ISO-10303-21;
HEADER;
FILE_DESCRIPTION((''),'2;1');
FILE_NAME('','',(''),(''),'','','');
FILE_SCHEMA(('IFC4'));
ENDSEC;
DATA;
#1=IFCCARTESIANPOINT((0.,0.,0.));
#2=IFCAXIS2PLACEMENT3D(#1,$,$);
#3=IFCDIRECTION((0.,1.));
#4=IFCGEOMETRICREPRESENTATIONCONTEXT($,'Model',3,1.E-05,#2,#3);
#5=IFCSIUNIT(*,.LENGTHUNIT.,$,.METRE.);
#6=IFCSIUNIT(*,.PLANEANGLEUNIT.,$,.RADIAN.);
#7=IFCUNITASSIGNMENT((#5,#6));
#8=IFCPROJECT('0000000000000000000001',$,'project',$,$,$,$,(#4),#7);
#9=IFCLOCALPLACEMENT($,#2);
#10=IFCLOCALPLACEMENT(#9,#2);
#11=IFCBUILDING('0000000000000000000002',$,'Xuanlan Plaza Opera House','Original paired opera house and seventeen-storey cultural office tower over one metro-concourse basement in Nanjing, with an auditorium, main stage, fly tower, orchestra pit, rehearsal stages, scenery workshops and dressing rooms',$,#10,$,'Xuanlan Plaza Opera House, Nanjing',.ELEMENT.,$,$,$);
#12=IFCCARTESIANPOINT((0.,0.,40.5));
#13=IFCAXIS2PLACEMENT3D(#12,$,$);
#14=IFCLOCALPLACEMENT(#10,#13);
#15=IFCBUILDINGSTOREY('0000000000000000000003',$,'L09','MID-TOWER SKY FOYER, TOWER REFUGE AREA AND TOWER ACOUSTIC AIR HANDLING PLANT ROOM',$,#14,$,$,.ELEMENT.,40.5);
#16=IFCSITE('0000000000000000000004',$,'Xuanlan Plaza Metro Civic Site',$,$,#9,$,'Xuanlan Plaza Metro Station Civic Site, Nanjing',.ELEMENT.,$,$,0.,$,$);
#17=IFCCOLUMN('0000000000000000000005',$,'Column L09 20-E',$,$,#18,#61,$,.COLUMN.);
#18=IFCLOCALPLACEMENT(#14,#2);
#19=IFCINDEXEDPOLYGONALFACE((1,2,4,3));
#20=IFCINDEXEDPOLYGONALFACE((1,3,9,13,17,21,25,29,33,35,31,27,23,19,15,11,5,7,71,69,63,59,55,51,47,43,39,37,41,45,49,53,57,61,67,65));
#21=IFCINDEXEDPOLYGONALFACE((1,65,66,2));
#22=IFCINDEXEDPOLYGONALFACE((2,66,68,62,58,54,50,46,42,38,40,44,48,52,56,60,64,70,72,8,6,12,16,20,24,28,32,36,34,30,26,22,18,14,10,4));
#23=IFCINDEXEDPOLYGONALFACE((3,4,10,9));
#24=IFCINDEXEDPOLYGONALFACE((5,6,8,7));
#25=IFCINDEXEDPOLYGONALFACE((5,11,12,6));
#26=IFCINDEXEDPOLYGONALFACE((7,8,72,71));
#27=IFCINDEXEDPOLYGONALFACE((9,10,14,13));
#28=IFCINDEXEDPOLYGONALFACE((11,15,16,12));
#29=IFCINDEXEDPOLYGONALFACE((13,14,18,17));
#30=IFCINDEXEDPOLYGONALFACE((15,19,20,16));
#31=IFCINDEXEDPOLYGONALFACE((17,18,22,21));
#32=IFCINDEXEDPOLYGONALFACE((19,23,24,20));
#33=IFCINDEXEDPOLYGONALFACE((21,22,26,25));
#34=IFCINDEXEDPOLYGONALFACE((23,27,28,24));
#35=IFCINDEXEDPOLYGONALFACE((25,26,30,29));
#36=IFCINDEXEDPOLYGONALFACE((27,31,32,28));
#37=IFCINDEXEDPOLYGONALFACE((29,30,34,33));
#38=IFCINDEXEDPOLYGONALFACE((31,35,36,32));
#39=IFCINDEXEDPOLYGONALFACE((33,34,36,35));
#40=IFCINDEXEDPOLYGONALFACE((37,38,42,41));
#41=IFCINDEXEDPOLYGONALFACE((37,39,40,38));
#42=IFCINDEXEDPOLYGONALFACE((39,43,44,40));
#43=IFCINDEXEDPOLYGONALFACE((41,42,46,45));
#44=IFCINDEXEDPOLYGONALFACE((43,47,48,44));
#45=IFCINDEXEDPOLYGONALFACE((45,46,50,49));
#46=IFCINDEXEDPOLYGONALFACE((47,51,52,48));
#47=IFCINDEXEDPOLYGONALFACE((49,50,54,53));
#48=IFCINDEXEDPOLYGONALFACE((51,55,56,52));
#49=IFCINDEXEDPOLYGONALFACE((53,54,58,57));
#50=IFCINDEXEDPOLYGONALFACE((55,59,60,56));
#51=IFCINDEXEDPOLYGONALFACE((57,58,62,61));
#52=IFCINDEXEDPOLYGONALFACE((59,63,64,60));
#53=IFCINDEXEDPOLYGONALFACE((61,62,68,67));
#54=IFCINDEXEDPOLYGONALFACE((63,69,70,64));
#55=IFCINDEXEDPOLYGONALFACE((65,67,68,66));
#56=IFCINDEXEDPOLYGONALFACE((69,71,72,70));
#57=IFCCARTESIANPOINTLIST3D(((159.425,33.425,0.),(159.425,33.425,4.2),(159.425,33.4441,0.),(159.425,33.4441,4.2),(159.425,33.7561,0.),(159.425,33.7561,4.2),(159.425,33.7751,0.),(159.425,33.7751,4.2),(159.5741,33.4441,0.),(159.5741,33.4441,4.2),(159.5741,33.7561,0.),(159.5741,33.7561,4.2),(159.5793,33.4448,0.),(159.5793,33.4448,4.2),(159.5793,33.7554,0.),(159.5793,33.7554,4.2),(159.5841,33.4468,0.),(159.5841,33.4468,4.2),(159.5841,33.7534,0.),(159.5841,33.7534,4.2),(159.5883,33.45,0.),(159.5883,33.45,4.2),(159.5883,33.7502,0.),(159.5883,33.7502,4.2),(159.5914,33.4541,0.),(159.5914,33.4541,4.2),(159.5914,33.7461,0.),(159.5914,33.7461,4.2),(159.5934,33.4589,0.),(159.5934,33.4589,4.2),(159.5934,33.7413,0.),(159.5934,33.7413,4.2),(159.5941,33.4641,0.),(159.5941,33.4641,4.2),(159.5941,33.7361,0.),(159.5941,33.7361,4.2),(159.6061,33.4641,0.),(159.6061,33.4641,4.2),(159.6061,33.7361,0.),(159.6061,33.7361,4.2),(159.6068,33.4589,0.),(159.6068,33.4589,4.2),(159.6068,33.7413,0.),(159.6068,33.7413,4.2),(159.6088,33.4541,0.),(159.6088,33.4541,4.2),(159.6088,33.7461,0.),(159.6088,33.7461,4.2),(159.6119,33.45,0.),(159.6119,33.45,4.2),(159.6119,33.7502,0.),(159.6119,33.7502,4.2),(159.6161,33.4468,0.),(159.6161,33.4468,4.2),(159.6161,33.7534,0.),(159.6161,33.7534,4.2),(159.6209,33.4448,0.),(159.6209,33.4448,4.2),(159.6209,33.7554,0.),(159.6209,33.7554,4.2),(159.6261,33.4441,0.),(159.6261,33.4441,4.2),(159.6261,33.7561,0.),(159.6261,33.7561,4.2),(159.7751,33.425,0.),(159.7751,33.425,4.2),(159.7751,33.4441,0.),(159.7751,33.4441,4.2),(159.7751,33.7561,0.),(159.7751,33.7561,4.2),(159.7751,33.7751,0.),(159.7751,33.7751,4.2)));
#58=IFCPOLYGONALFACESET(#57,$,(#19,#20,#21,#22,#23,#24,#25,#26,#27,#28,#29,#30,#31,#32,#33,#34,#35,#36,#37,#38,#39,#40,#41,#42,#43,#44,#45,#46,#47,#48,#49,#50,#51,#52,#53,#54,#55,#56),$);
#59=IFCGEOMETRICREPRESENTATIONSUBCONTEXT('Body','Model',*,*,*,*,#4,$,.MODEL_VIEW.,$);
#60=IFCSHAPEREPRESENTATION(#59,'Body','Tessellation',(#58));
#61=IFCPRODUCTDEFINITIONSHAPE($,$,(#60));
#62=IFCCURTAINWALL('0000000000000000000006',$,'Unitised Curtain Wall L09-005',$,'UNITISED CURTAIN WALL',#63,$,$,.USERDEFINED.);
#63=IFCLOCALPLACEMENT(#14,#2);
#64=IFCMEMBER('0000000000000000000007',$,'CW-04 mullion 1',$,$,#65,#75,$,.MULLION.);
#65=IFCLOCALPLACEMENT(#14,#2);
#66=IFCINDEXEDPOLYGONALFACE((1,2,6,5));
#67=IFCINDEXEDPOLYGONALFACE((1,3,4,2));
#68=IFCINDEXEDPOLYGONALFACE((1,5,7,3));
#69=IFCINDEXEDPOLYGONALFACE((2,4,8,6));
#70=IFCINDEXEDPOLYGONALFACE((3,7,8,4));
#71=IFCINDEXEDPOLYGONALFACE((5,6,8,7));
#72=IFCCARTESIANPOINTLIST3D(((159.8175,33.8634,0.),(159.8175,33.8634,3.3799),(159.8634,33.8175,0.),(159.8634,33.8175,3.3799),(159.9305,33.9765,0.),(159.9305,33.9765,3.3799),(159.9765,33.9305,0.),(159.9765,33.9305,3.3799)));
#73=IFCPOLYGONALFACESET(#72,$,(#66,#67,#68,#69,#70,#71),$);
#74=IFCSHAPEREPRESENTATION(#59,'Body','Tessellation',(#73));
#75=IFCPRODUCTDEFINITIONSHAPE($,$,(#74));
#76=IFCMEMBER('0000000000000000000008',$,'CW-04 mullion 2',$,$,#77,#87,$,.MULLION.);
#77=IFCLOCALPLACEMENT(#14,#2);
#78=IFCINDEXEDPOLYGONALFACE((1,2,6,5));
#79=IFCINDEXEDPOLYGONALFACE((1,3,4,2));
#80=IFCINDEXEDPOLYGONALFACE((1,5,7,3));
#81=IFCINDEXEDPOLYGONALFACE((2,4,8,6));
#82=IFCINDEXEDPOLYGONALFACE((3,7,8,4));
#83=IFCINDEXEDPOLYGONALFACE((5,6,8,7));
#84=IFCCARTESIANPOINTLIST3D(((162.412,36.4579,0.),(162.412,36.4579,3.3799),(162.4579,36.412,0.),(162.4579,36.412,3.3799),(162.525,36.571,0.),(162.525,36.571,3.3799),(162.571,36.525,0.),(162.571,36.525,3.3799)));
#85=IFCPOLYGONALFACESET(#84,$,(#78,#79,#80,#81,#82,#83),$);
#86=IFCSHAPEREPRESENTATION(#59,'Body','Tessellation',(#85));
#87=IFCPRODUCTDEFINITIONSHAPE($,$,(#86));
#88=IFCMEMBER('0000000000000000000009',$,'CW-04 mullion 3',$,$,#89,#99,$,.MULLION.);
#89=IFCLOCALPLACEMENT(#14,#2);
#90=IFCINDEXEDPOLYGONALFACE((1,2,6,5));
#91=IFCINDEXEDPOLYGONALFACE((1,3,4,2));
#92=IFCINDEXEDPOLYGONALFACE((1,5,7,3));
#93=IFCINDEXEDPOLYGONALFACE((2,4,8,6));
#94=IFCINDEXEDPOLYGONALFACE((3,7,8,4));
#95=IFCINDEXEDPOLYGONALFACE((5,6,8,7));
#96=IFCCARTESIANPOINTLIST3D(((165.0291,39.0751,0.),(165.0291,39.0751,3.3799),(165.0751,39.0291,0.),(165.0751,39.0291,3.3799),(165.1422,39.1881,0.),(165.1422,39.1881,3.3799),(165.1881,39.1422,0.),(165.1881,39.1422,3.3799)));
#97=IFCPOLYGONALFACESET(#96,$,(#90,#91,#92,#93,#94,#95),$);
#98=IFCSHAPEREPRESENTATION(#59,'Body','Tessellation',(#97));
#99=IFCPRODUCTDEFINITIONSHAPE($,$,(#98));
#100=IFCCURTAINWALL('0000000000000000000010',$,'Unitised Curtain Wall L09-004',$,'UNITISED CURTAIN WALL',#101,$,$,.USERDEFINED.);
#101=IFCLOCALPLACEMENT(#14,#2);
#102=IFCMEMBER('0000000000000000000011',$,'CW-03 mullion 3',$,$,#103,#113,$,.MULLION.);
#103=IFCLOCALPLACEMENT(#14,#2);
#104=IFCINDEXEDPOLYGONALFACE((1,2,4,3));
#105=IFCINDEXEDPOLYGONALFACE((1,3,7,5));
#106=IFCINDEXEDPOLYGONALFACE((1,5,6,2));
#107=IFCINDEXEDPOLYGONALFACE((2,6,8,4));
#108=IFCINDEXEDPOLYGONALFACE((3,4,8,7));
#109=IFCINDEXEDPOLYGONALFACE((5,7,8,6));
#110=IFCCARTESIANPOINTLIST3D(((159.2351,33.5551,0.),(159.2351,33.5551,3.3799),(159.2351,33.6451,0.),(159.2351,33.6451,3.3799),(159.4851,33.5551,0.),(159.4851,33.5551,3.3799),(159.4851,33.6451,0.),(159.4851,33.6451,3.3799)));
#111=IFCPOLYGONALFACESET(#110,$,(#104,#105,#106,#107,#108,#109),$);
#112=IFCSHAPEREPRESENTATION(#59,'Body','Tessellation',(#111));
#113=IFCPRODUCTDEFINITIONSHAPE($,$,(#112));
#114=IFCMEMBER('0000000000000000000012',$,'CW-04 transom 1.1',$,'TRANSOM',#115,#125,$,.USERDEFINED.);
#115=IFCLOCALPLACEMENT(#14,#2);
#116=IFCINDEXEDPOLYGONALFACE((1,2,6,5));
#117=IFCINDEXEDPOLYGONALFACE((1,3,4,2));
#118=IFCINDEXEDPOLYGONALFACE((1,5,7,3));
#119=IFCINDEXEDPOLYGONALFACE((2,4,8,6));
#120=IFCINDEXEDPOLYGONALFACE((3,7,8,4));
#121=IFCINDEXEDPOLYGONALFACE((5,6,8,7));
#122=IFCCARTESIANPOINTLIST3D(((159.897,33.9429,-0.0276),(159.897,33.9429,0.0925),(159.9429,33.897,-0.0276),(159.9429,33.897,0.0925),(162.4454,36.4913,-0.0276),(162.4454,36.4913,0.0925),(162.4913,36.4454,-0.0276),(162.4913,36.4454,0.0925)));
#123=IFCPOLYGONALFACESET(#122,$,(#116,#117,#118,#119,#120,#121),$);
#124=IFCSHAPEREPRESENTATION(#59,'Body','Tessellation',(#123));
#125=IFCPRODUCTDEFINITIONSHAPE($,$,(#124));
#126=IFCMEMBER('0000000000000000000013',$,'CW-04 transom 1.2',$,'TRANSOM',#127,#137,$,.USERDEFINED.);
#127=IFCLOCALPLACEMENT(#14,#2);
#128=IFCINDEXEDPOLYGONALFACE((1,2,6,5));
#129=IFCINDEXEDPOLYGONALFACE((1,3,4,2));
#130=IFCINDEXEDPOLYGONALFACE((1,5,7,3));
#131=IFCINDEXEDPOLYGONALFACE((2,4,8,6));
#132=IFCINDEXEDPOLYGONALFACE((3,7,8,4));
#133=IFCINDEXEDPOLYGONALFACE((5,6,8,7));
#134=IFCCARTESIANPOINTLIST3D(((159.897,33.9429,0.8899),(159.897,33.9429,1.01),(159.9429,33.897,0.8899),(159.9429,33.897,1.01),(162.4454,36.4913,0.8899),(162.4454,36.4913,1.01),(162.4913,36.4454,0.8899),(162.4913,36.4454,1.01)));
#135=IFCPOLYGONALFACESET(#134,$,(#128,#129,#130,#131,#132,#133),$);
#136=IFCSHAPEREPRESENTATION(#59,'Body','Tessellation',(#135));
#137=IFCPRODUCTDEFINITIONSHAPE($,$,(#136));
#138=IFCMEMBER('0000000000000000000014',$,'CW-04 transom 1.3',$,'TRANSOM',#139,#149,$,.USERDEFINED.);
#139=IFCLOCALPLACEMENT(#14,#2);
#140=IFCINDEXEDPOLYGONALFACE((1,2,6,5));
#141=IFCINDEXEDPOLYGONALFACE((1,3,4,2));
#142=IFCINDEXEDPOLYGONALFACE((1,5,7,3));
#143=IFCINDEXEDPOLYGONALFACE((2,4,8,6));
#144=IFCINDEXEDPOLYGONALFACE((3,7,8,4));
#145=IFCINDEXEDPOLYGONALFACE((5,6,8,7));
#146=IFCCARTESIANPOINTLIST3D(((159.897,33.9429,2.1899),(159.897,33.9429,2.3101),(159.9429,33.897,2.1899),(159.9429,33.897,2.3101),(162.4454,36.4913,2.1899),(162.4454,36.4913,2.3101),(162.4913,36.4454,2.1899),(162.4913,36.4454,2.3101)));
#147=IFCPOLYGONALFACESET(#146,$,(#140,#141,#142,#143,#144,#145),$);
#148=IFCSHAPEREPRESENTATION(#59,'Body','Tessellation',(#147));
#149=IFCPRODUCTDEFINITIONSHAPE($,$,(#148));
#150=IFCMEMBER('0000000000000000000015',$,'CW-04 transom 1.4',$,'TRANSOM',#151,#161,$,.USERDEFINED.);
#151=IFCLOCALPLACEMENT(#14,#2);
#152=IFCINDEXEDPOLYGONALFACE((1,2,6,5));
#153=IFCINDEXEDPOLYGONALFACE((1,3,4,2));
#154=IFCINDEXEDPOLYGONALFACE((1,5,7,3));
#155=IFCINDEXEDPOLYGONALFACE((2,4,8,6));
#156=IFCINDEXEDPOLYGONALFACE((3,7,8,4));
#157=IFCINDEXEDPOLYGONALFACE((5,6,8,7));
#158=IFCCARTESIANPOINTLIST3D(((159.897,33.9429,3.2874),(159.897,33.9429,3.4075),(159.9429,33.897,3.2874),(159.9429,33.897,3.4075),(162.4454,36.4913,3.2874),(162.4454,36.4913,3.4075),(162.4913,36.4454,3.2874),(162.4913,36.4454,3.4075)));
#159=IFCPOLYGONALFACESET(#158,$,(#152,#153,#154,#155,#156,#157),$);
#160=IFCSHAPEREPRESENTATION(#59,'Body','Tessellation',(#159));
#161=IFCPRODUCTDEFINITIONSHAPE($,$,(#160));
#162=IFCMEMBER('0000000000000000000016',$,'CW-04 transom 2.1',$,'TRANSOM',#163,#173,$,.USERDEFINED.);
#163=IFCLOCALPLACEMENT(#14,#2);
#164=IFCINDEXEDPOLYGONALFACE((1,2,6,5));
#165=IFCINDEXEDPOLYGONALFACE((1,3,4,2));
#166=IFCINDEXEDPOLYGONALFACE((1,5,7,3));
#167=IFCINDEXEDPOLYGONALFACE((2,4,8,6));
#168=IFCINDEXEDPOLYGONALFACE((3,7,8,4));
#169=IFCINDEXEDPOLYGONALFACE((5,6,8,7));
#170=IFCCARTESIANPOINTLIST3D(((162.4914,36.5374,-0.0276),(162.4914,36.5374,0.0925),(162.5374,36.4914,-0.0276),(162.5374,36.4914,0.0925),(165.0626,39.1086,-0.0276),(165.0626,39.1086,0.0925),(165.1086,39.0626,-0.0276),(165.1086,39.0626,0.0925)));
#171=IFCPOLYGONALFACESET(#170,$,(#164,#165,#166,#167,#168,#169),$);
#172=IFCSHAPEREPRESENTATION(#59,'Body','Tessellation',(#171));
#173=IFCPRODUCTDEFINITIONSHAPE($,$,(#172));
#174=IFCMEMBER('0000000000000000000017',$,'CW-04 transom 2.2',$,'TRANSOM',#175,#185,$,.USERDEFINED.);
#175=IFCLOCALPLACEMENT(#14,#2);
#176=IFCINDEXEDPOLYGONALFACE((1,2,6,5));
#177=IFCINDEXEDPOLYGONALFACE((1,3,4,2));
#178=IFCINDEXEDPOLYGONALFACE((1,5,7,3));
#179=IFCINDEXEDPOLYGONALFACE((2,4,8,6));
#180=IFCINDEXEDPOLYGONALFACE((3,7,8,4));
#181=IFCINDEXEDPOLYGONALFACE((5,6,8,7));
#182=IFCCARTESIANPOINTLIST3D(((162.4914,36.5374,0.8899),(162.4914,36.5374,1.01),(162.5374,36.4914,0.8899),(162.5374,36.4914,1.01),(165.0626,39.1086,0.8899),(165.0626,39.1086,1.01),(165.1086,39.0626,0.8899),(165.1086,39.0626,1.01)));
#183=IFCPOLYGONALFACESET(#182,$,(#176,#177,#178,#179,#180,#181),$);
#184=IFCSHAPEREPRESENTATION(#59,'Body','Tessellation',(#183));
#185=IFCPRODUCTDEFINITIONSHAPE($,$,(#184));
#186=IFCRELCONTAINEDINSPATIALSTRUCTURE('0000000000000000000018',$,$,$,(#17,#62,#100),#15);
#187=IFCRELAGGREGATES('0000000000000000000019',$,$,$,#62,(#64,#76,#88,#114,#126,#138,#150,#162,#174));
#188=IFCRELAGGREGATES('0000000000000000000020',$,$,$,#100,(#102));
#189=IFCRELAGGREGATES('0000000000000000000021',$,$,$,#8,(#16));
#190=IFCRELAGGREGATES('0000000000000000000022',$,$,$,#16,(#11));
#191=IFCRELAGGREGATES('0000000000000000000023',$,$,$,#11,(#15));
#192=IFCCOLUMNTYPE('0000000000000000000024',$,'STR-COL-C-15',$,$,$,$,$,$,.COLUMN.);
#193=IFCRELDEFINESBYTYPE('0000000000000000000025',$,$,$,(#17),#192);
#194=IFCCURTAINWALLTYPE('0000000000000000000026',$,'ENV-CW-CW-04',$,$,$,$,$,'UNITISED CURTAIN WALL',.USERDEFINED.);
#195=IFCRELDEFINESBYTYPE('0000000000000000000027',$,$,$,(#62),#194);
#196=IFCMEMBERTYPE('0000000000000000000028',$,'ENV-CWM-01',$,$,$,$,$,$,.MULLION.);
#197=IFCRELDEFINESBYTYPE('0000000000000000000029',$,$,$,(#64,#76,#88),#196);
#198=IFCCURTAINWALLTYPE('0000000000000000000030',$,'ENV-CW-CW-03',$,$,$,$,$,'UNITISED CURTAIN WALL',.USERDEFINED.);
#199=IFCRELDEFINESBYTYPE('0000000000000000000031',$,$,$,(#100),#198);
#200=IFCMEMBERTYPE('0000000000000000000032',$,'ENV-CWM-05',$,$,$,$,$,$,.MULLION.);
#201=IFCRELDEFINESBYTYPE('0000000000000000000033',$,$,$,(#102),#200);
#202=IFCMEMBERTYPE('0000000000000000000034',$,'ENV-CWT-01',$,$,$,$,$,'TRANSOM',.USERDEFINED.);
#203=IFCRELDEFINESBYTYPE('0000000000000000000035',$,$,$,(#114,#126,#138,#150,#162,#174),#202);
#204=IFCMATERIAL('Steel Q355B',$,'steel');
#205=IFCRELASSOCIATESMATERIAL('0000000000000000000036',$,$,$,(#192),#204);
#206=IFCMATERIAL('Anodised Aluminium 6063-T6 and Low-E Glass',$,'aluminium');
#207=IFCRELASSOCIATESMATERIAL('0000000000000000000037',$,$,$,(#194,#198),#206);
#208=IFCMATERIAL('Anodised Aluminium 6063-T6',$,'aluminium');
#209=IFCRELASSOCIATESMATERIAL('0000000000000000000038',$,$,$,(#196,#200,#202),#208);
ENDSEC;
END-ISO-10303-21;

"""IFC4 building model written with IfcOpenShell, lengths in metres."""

from ifc_helpers import new_model, si_unit, direction, frame, origin, origin_2d, place, context, subcontext, project, spatial, rectangle, i_section, extrude, material, material_profile, profile_set, type_object, element, aggregate, save


model = new_model("IFC4")

# Units and contexts
model_context = context("Model", 3, precision=1e-05, world=origin(), true_north=direction((0.0, 1.0)))
body_context = subcontext(model_context, "Body", "Model", "MODEL_VIEW")
ifc_project = project(units=[si_unit("LENGTHUNIT", "METRE"), si_unit("PLANEANGLEUNIT", "RADIAN")], contexts=[model_context])

# Site, building, storey
site_placement = place(None, origin())
site = spatial("IfcSite", under=ifc_project, at=site_placement, Name="Xuanlan Plaza Metro Civic Site", LongName="Xuanlan Plaza Metro Station Civic Site, Nanjing", CompositionType="ELEMENT", RefElevation=0.0)
building_placement = place(site_placement, origin())
building = spatial("IfcBuilding", under=site, at=building_placement, Name="Xuanlan Plaza Opera House", Description="Original paired opera house and seventeen-storey cultural office tower over one metro-concourse basement in Nanjing, with an auditorium, main stage, fly tower, orchestra pit, rehearsal stages, scenery workshops and dressing rooms", LongName="Xuanlan Plaza Opera House, Nanjing", CompositionType="ELEMENT")
storey_placement = place(building_placement, frame((0.0, 0.0, 40.5)))
storey = spatial("IfcBuildingStorey", under=building, at=storey_placement, Name="L09", Description="MID-TOWER SKY FOYER, TOWER REFUGE AREA AND TOWER ACOUSTIC AIR HANDLING PLANT ROOM", CompositionType="ELEMENT", Elevation=40.5)

# Column
ifc_material_1 = material(Name="Steel Q355B", Category="steel")
ifc_material_profile_1 = material_profile(ifc_material_1, i_section(OverallWidth=0.3501, OverallDepth=0.3501, WebThickness=0.012, FlangeThickness=0.019, FilletRadius=0.02, at=origin_2d()), Name="HW 350x350x12x19")
ifc_profile_set_1 = profile_set([ifc_material_profile_1], Name="Steel Q355B")
column_type = type_object("IfcColumnType", Name="STR-COL-C-15", PredefinedType="COLUMN", material=ifc_profile_set_1)
column_placement = place(storey_placement, frame((159.6001, 33.6001, 0.0), z_axis=(0.0, 0.0, 1.0), x_axis=(1.0, 0.0, 0.0)))
element("IfcColumn", 1, at=column_placement, inside=storey, type_object=column_type, Name="Column L09 20-E", PredefinedType="COLUMN", context=body_context, shape_type="SweptSolid", body=[
    extrude(i_section(OverallWidth=0.3501, OverallDepth=0.3501, WebThickness=0.012, FlangeThickness=0.019, FilletRadius=0.02, at=origin_2d()), origin(), (0.0, 0.0, 1.0), 4.2),
])

# Curtain wall, members
ifc_material_2 = material(Name="Anodised Aluminium 6063-T6 and Low-E Glass", Category="aluminium")
curtain_wall_type_1 = type_object("IfcCurtainWallType", Name="ENV-CW-CW-04", ElementType="UNITISED CURTAIN WALL", PredefinedType="USERDEFINED", material=ifc_material_2)
curtain_wall_1_placement = place(storey_placement, origin())
curtain_wall_1 = element("IfcCurtainWall", 2, at=curtain_wall_1_placement, inside=storey, type_object=curtain_wall_type_1, Name="Unitised Curtain Wall L09-005", ObjectType="UNITISED CURTAIN WALL", PredefinedType="USERDEFINED")
ifc_material_3 = material(Name="Anodised Aluminium 6063-T6", Category="aluminium")
ifc_material_profile_2 = material_profile(ifc_material_3, rectangle(XDim=0.0649, YDim=0.1599, at=origin_2d()), Name="ALU-M 65x160")
ifc_profile_set_2 = profile_set([ifc_material_profile_2], Name="Anodised Aluminium 6063-T6")
member_type_1 = type_object("IfcMemberType", Name="ENV-CWM-01", PredefinedType="MULLION", material=ifc_profile_set_2)
member_1_placement = place(storey_placement, frame((159.897, 33.897, 0.0), z_axis=(0.0, 0.0, 1.0), x_axis=(-0.707107, 0.707107, 0.0)))
member_1 = element("IfcMember", 3, at=member_1_placement, type_object=member_type_1, Name="CW-04 mullion 1", PredefinedType="MULLION", context=body_context, shape_type="SweptSolid", body=[
    extrude(rectangle(XDim=0.0649, YDim=0.1599, at=origin_2d()), origin(), (0.0, 0.0, 1.0), 3.3799),
])
member_2_placement = place(storey_placement, frame((162.4915, 36.4915, 0.0), z_axis=(0.0, 0.0, 1.0), x_axis=(-0.707107, 0.707107, 0.0)))
member_2 = element("IfcMember", 4, at=member_2_placement, type_object=member_type_1, Name="CW-04 mullion 2", PredefinedType="MULLION", context=body_context, shape_type="SweptSolid", body=[
    extrude(rectangle(XDim=0.0649, YDim=0.1599, at=origin_2d()), origin(), (0.0, 0.0, 1.0), 3.3799),
])
member_3_placement = place(storey_placement, frame((165.1086, 39.1086, 0.0), z_axis=(0.0, 0.0, 1.0), x_axis=(-0.707107, 0.707107, 0.0)))
member_3 = element("IfcMember", 5, at=member_3_placement, type_object=member_type_1, Name="CW-04 mullion 3", PredefinedType="MULLION", context=body_context, shape_type="SweptSolid", body=[
    extrude(rectangle(XDim=0.0649, YDim=0.1599, at=origin_2d()), origin(), (0.0, 0.0, 1.0), 3.3799),
])

# Curtain wall, member
curtain_wall_type_2 = type_object("IfcCurtainWallType", Name="ENV-CW-CW-03", ElementType="UNITISED CURTAIN WALL", PredefinedType="USERDEFINED", material=ifc_material_2)
curtain_wall_2_placement = place(storey_placement, origin())
curtain_wall_2 = element("IfcCurtainWall", 6, at=curtain_wall_2_placement, inside=storey, type_object=curtain_wall_type_2, Name="Unitised Curtain Wall L09-004", ObjectType="UNITISED CURTAIN WALL", PredefinedType="USERDEFINED")
ifc_material_profile_3 = material_profile(ifc_material_3, rectangle(XDim=0.0901, YDim=0.25, at=origin_2d()), Name="ALU-M 90x250")
ifc_profile_set_3 = profile_set([ifc_material_profile_3], Name="Anodised Aluminium 6063-T6")
member_type_2 = type_object("IfcMemberType", Name="ENV-CWM-05", PredefinedType="MULLION", material=ifc_profile_set_3)
member_4_placement = place(storey_placement, frame((159.3601, 33.6001, 0.0), z_axis=(0.0, 0.0, 1.0), x_axis=(0.0, 1.0, 0.0)))
member_4 = element("IfcMember", 7, at=member_4_placement, type_object=member_type_2, Name="CW-03 mullion 3", PredefinedType="MULLION", context=body_context, shape_type="SweptSolid", body=[
    extrude(rectangle(XDim=0.0901, YDim=0.25, at=origin_2d()), origin(), (0.0, 0.0, 1.0), 3.3799),
])

# Members
ifc_material_profile_4 = material_profile(ifc_material_3, rectangle(XDim=0.0649, YDim=0.1201, at=origin_2d()), Name="ALU-T 65x120")
ifc_profile_set_4 = profile_set([ifc_material_profile_4], Name="Anodised Aluminium 6063-T6")
member_type_3 = type_object("IfcMemberType", Name="ENV-CWT-01", ElementType="TRANSOM", PredefinedType="USERDEFINED", material=ifc_profile_set_4)
member_5_placement = place(storey_placement, frame((159.9199, 33.9199, 0.0325), z_axis=(0.707107, 0.707107, 0.0), x_axis=(-0.707107, 0.707107, 0.0)))
member_5 = element("IfcMember", 8, at=member_5_placement, type_object=member_type_3, Name="CW-04 transom 1.1", ObjectType="TRANSOM", PredefinedType="USERDEFINED", context=body_context, shape_type="SweptSolid", body=[
    extrude(rectangle(XDim=0.0649, YDim=0.1201, at=origin_2d()), origin(), (0.0, 0.0, 1.0), 3.604),
])
member_6_placement = place(storey_placement, frame((159.9199, 33.9199, 0.95), z_axis=(0.707107, 0.707107, 0.0), x_axis=(-0.707107, 0.707107, 0.0)))
member_6 = element("IfcMember", 9, at=member_6_placement, type_object=member_type_3, Name="CW-04 transom 1.2", ObjectType="TRANSOM", PredefinedType="USERDEFINED", context=body_context, shape_type="SweptSolid", body=[
    extrude(rectangle(XDim=0.0649, YDim=0.1201, at=origin_2d()), origin(), (0.0, 0.0, 1.0), 3.604),
])
member_7_placement = place(storey_placement, frame((159.9199, 33.9199, 2.25), z_axis=(0.707107, 0.707107, 0.0), x_axis=(-0.707107, 0.707107, 0.0)))
member_7 = element("IfcMember", 10, at=member_7_placement, type_object=member_type_3, Name="CW-04 transom 1.3", ObjectType="TRANSOM", PredefinedType="USERDEFINED", context=body_context, shape_type="SweptSolid", body=[
    extrude(rectangle(XDim=0.0649, YDim=0.1201, at=origin_2d()), origin(), (0.0, 0.0, 1.0), 3.604),
])
member_8_placement = place(storey_placement, frame((159.9199, 33.9199, 3.3474), z_axis=(0.707107, 0.707107, 0.0), x_axis=(-0.707107, 0.707107, 0.0)))
member_8 = element("IfcMember", 11, at=member_8_placement, type_object=member_type_3, Name="CW-04 transom 1.4", ObjectType="TRANSOM", PredefinedType="USERDEFINED", context=body_context, shape_type="SweptSolid", body=[
    extrude(rectangle(XDim=0.0649, YDim=0.1201, at=origin_2d()), origin(), (0.0, 0.0, 1.0), 3.604),
])
member_9_placement = place(storey_placement, frame((162.5144, 36.5144, 0.0325), z_axis=(0.707107, 0.707107, 0.0), x_axis=(-0.707107, 0.707107, 0.0)))
member_9 = element("IfcMember", 12, at=member_9_placement, type_object=member_type_3, Name="CW-04 transom 2.1", ObjectType="TRANSOM", PredefinedType="USERDEFINED", context=body_context, shape_type="SweptSolid", body=[
    extrude(rectangle(XDim=0.0649, YDim=0.1201, at=origin_2d()), origin(), (0.0, 0.0, 1.0), 3.6362),
])
member_10_placement = place(storey_placement, frame((162.5144, 36.5144, 0.95), z_axis=(0.707107, 0.707107, 0.0), x_axis=(-0.707107, 0.707107, 0.0)))
member_10 = element("IfcMember", 13, at=member_10_placement, type_object=member_type_3, Name="CW-04 transom 2.2", ObjectType="TRANSOM", PredefinedType="USERDEFINED", context=body_context, shape_type="SweptSolid", body=[
    extrude(rectangle(XDim=0.0649, YDim=0.1201, at=origin_2d()), origin(), (0.0, 0.0, 1.0), 3.6362),
])

aggregate(curtain_wall_1, [member_1, member_2, member_3, member_5, member_6, member_7, member_8, member_9, member_10])
aggregate(curtain_wall_2, [member_4])

save(model, "model.ifc")
